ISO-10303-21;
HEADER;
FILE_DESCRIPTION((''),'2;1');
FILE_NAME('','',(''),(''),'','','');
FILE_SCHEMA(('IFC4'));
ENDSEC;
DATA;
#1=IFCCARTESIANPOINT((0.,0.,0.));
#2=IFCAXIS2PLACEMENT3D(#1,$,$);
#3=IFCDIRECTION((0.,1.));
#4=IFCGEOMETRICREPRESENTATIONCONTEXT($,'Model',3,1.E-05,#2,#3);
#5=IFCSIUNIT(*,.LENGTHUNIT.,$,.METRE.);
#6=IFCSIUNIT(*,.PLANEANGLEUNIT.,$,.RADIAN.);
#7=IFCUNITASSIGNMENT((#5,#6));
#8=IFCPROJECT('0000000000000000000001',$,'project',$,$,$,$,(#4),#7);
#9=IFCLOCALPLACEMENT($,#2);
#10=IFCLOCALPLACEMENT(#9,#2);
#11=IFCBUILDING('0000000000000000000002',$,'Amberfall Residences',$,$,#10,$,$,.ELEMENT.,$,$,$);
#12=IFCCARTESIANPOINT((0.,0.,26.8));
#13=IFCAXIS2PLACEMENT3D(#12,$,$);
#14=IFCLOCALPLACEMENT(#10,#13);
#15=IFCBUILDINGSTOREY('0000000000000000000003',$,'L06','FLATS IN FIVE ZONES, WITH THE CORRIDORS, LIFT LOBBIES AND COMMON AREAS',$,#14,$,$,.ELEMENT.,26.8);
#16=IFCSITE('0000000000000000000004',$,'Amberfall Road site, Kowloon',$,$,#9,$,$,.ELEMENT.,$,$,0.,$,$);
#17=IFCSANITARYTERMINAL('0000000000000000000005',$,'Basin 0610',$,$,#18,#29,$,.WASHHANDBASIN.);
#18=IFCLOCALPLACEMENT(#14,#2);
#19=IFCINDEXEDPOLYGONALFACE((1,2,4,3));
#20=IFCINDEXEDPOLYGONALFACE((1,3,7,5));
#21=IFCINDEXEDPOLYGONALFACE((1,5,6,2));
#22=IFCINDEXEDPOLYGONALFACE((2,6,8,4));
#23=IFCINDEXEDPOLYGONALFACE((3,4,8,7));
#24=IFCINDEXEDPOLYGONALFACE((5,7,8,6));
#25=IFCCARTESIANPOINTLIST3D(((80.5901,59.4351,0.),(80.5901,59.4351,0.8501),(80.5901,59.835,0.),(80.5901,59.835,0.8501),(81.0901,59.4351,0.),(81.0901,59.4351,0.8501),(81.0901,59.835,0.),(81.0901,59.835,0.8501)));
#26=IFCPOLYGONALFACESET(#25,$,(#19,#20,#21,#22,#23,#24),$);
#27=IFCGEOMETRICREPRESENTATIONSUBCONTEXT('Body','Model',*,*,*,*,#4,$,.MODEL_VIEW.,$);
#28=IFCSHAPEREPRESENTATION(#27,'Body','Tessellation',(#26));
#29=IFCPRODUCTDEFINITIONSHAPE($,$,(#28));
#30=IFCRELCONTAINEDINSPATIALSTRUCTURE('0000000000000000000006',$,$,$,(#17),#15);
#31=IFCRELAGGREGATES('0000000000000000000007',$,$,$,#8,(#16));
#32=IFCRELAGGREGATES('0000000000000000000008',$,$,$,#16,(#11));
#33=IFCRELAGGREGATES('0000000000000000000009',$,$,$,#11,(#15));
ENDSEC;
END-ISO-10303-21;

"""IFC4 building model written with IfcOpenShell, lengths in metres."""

from ifc_helpers import new_model, si_unit, direction, frame, origin, origin_2d, place, context, subcontext, project, spatial, rectangle, extrude, element, save


model = new_model("IFC4")

# Units and contexts
model_context = context("Model", 3, precision=1e-05, world=origin(), true_north=direction((0.0, 1.0)))
body_context = subcontext(model_context, "Body", "Model", "MODEL_VIEW")
ifc_project = project(units=[si_unit("LENGTHUNIT", "METRE"), si_unit("PLANEANGLEUNIT", "RADIAN")], contexts=[model_context])

# Site, building, storey
site_placement = place(None, origin())
site = spatial("IfcSite", under=ifc_project, at=site_placement, Name="Amberfall Road site, Kowloon", CompositionType="ELEMENT", RefElevation=0.0)
building_placement = place(site_placement, origin())
building = spatial("IfcBuilding", under=site, at=building_placement, Name="Amberfall Residences", CompositionType="ELEMENT")
storey_placement = place(building_placement, frame((0.0, 0.0, 26.8)))
storey = spatial("IfcBuildingStorey", under=building, at=storey_placement, Name="L06", Description="FLATS IN FIVE ZONES, WITH THE CORRIDORS, LIFT LOBBIES AND COMMON AREAS", CompositionType="ELEMENT", Elevation=26.8)

# Sanitary terminal
for number, where, z_axis, x_axis, name in (
    (1, (80.8401, 59.635, 0.0), (0.0, 0.0, 1.0), (1.0, 0.0, 0.0), "Basin 0610"),
):
    element("IfcSanitaryTerminal", number, at=place(storey_placement, frame(where, z_axis=z_axis, x_axis=x_axis)), inside=storey, Name=name, PredefinedType="WASHHANDBASIN", context=body_context, shape_type="SweptSolid", body=[
        extrude(rectangle(XDim=0.5, YDim=0.3999, at=origin_2d()), origin(), (0.0, 0.0, 1.0), 0.8501),
    ])

save(model, "model.ifc")
